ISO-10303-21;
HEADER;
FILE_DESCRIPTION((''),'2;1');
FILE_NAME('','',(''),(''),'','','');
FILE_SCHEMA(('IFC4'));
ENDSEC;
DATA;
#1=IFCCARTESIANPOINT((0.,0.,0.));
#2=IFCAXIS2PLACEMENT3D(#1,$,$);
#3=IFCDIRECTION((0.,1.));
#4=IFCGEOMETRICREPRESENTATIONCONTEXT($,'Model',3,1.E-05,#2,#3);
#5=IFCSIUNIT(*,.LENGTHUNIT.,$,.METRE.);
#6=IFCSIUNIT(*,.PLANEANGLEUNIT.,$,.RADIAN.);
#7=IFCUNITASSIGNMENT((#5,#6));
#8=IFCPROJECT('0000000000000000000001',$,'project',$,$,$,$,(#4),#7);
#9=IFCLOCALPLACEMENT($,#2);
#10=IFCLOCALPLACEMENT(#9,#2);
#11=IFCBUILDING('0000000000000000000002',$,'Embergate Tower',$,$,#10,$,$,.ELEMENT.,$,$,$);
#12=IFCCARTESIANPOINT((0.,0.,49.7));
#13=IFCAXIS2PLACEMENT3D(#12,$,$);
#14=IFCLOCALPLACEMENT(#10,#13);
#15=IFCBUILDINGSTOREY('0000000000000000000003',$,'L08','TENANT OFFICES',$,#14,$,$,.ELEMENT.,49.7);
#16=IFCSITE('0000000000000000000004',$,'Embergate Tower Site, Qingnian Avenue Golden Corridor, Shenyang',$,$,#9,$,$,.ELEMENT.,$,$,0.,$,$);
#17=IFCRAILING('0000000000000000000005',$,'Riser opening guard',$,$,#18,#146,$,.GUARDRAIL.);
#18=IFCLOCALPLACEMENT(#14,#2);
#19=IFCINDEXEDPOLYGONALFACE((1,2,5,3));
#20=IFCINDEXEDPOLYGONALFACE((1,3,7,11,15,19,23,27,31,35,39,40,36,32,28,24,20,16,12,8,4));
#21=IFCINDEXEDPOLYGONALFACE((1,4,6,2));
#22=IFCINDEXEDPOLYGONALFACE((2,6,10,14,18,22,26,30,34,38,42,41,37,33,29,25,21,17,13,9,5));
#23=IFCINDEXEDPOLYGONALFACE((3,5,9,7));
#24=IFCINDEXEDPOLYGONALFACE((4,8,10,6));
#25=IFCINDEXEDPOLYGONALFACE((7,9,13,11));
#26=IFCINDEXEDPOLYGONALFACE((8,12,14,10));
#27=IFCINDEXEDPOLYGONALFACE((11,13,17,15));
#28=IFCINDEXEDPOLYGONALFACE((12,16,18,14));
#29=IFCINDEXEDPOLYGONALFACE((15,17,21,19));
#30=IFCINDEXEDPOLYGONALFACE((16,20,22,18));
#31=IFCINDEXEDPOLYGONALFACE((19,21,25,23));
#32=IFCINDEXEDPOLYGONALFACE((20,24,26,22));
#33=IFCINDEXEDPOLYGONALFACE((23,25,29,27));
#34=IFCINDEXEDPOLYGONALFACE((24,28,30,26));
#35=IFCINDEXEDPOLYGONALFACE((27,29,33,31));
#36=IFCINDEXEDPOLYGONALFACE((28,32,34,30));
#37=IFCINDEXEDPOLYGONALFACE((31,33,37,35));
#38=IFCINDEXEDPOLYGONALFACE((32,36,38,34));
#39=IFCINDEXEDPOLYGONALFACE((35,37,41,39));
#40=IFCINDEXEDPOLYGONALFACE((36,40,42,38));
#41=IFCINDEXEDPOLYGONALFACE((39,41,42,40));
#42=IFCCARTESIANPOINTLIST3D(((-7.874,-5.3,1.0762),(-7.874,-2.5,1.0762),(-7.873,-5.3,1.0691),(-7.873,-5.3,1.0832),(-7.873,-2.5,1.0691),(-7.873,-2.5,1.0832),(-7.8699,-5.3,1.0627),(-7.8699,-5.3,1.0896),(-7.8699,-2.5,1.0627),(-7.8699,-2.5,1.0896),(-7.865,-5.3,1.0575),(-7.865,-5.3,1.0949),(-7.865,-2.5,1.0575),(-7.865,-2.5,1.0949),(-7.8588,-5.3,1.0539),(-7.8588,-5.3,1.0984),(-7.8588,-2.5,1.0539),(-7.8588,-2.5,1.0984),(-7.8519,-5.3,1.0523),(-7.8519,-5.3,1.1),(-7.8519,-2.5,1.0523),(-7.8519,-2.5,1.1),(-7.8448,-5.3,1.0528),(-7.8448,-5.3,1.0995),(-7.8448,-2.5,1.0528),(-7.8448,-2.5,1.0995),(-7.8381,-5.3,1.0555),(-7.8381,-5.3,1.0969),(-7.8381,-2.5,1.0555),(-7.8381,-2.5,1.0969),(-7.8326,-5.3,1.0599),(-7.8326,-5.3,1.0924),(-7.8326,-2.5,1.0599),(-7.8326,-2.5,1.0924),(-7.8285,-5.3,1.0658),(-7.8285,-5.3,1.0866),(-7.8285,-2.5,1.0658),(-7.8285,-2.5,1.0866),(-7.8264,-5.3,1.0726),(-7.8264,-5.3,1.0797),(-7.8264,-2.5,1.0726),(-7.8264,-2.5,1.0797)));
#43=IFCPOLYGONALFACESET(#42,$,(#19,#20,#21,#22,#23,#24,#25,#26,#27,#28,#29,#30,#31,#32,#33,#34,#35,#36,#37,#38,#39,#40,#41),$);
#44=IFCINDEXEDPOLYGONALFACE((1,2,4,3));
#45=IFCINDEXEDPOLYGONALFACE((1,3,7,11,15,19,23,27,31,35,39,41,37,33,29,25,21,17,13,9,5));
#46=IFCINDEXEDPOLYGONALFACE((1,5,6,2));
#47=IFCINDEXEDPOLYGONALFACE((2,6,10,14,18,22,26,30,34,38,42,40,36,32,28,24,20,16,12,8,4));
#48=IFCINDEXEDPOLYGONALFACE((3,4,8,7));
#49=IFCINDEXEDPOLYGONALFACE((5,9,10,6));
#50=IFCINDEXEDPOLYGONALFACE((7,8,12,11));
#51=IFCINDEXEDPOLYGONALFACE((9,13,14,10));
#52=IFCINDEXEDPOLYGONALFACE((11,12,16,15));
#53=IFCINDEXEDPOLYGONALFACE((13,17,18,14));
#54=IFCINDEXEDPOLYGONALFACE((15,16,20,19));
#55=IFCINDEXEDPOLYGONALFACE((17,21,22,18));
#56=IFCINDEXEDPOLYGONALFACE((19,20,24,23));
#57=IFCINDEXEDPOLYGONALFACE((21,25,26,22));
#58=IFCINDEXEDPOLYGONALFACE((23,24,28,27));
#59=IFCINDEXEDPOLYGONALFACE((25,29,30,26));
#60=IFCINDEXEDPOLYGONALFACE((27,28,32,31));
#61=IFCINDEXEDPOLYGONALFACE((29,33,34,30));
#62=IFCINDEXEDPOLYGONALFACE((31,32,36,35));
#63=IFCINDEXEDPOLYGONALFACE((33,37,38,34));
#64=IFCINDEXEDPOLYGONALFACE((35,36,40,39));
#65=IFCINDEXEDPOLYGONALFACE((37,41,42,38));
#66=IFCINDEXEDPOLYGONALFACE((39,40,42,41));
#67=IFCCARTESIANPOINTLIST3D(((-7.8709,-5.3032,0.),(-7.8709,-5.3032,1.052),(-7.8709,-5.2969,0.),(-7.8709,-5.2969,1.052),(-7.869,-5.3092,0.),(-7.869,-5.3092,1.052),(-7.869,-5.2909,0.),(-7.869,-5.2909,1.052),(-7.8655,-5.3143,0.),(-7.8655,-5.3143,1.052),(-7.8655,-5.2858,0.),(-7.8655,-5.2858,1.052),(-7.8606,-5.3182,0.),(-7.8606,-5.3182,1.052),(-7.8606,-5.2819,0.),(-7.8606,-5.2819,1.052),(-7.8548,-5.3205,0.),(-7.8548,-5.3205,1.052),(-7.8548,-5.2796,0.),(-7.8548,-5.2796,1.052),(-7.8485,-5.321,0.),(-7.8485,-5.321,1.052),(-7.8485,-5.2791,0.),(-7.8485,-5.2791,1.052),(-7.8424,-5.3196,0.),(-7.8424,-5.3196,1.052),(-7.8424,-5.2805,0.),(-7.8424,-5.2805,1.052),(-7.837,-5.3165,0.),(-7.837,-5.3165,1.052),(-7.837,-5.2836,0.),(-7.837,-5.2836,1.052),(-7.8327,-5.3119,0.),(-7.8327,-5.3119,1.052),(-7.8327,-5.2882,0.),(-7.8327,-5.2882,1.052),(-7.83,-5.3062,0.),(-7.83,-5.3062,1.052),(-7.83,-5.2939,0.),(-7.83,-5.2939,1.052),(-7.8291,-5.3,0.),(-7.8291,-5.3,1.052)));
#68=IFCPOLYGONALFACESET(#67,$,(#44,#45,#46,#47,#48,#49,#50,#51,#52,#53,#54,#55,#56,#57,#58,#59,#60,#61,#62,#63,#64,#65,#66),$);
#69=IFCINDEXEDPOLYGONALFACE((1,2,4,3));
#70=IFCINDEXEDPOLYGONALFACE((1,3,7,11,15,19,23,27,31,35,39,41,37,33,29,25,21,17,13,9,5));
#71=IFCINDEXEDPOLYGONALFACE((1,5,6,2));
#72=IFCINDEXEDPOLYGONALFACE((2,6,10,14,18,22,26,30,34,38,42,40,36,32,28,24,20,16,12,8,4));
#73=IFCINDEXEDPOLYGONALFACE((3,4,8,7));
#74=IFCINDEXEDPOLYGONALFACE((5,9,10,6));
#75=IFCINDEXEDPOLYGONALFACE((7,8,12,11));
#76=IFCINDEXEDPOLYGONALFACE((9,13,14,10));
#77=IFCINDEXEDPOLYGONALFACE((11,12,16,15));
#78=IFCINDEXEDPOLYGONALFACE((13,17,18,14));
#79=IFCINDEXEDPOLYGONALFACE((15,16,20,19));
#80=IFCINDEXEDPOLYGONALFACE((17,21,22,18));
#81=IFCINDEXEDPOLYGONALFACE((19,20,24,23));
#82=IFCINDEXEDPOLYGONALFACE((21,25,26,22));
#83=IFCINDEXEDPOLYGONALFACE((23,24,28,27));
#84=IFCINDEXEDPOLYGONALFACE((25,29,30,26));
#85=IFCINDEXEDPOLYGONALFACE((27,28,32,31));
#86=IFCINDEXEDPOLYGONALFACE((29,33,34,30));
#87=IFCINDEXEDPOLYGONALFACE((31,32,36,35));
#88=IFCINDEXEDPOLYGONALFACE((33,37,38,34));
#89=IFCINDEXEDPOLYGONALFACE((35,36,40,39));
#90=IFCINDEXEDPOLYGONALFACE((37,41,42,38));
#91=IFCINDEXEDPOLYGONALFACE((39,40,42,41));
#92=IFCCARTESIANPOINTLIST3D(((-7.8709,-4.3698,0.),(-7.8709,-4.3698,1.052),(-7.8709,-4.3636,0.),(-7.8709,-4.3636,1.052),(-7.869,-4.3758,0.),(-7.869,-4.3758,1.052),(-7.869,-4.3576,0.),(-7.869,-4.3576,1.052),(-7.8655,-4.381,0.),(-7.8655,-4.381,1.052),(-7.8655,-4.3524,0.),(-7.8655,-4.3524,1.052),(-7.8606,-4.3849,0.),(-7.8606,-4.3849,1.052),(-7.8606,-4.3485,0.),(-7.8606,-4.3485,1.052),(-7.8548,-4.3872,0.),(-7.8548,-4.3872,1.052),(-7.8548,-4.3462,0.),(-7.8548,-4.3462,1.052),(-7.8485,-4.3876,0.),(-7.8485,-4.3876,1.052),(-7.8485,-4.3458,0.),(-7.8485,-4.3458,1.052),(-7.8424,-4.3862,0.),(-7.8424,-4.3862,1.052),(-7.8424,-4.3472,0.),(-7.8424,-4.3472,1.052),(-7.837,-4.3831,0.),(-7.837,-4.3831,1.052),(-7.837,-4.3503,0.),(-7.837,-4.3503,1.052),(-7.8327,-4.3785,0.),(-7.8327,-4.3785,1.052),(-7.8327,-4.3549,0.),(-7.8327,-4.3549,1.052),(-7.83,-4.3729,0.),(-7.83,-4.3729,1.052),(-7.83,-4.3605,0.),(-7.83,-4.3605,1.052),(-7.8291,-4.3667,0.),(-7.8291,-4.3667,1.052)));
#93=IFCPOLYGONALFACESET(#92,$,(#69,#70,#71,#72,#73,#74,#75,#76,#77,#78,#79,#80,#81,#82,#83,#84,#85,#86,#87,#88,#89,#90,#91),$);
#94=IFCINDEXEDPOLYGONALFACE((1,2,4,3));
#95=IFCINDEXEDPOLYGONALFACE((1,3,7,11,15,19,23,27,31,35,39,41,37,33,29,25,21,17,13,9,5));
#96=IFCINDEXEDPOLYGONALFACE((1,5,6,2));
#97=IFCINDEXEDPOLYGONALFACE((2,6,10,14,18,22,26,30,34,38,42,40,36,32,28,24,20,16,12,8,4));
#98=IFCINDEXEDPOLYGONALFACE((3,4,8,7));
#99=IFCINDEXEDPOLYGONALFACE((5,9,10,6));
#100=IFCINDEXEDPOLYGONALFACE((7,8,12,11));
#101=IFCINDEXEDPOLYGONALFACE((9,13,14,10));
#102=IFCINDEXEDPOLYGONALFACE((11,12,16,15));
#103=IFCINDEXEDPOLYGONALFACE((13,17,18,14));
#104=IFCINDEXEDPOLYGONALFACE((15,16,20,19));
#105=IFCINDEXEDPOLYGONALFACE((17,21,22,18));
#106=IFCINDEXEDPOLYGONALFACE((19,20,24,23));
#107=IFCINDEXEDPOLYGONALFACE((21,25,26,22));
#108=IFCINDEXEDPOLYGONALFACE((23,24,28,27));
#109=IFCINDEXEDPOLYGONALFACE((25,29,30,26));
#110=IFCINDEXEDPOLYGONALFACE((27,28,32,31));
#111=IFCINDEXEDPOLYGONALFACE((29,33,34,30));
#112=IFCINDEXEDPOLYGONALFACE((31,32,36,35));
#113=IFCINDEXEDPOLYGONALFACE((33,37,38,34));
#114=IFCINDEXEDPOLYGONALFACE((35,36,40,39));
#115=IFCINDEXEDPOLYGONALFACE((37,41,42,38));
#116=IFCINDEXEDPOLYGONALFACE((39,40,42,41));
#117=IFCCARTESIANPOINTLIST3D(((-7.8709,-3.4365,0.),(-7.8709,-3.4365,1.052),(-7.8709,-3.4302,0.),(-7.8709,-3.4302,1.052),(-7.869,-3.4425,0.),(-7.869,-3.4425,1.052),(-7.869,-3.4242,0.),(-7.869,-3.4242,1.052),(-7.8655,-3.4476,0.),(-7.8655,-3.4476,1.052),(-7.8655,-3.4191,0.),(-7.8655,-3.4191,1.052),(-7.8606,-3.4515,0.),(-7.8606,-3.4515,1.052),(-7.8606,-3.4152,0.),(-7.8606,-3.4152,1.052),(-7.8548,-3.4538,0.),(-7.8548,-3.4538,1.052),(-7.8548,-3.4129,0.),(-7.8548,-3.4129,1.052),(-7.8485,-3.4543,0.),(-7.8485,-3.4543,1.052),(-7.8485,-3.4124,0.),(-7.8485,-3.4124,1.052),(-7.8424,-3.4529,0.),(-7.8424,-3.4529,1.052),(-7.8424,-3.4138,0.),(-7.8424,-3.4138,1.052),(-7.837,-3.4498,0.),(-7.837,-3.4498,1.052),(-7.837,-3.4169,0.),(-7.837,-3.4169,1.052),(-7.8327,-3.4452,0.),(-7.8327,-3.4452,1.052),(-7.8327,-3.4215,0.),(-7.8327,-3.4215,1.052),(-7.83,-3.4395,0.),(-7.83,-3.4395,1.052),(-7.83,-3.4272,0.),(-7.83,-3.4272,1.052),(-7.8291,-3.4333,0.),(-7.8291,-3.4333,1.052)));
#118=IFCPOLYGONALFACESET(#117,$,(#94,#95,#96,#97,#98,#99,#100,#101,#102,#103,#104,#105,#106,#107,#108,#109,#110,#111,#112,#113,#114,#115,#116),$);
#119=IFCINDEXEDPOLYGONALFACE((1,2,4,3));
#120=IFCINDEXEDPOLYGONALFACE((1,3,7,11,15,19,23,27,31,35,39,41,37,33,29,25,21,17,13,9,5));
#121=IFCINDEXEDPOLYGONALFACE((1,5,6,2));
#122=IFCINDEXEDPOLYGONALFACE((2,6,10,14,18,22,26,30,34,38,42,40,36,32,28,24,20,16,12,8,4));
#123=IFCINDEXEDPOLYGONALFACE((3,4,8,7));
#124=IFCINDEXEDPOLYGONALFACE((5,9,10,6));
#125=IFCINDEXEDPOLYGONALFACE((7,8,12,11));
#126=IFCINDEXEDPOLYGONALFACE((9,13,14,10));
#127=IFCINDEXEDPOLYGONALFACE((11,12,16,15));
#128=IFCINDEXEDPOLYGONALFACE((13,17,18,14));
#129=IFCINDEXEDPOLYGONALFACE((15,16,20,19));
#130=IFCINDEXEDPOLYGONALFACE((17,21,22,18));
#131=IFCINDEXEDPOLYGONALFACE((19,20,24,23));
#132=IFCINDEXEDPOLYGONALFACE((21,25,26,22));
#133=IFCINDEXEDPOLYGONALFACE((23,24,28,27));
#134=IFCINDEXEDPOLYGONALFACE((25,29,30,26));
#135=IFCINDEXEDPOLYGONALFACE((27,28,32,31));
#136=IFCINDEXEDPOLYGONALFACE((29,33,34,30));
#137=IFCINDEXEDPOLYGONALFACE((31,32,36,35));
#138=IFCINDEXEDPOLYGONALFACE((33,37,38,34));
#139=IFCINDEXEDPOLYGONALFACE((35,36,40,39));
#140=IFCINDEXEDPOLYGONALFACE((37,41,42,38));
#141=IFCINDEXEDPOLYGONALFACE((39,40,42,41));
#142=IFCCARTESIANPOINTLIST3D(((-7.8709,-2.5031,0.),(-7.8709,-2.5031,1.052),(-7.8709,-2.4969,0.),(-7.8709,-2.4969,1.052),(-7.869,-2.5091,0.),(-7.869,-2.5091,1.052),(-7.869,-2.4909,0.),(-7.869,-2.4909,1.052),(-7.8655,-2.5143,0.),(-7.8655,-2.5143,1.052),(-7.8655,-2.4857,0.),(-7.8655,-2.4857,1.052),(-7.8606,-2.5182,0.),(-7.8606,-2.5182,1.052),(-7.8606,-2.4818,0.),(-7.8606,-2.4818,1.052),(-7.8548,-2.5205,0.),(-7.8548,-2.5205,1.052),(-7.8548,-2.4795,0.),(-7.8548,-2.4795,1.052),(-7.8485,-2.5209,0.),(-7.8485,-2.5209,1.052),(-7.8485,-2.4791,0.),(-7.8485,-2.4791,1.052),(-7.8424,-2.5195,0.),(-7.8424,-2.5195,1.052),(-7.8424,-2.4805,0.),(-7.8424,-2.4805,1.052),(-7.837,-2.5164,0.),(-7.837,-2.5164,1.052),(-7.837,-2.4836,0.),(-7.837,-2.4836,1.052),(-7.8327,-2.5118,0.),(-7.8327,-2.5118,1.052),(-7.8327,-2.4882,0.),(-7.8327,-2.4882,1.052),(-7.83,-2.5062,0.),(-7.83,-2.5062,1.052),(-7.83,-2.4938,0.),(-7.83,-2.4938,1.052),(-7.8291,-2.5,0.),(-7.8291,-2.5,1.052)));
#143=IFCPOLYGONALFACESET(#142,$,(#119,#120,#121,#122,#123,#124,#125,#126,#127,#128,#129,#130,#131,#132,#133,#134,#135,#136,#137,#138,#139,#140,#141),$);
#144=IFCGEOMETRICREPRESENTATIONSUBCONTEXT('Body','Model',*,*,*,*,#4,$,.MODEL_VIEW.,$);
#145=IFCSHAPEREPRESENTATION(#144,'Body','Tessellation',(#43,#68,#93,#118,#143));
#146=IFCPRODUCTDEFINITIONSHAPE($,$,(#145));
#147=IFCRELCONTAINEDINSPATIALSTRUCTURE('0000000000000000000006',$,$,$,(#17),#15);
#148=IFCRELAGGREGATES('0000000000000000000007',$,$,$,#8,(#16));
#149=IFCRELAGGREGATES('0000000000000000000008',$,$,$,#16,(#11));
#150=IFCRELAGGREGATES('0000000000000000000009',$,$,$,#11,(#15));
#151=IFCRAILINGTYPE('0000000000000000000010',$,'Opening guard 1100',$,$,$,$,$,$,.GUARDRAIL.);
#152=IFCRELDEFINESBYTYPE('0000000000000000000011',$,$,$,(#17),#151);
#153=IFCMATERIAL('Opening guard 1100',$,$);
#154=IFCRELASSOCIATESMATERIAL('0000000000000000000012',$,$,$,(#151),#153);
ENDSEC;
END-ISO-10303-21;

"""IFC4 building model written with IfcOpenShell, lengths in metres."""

from ifc_helpers import new_model, si_unit, direction, frame, origin, origin_2d, place, context, subcontext, project, spatial, circle, extrude, source, transform, mapped, material, type_object, element, save


model = new_model("IFC4")

# Units and contexts
model_context = context("Model", 3, precision=1e-05, world=origin(), true_north=direction((0.0, 1.0)))
body_context = subcontext(model_context, "Body", "Model", "MODEL_VIEW")
ifc_project = project(units=[si_unit("LENGTHUNIT", "METRE"), si_unit("PLANEANGLEUNIT", "RADIAN")], contexts=[model_context])

# Site, building, storey
site_placement = place(None, origin())
site = spatial("IfcSite", under=ifc_project, at=site_placement, Name="Embergate Tower Site, Qingnian Avenue Golden Corridor, Shenyang", CompositionType="ELEMENT", RefElevation=0.0)
building_placement = place(site_placement, origin())
building = spatial("IfcBuilding", under=site, at=building_placement, Name="Embergate Tower", CompositionType="ELEMENT")
storey_placement = place(building_placement, frame((0.0, 0.0, 49.7)))
storey = spatial("IfcBuildingStorey", under=building, at=storey_placement, Name="L08", Description="TENANT OFFICES", CompositionType="ELEMENT", Elevation=49.7)

# Railing
ifc_material_1 = material(Name="Opening guard 1100")
railing_type_1 = type_object("IfcRailingType", Name="Opening guard 1100", PredefinedType="GUARDRAIL", material=ifc_material_1)
shared_shape_1 = source(origin(), body_context, "Body", "SweptSolid", [
    extrude(circle(Radius=0.0239, at=origin_2d()), frame((0.0, 0.0, 1.0762), z_axis=(0.0, 1.0, 0.0), x_axis=(-1.0, 0.0, 0.0)), (0.0, 0.0, 1.0), 2.8),
    extrude(circle(Radius=0.021, at=origin_2d()), origin(), (0.0, 0.0, 1.0), 1.052),
    extrude(circle(Radius=0.021, at=origin_2d()), frame((0.0, 0.9333, 0.0)), (0.0, 0.0, 1.0), 1.052),
    extrude(circle(Radius=0.021, at=origin_2d()), frame((0.0, 1.8667, 0.0)), (0.0, 0.0, 1.0), 1.052),
    extrude(circle(Radius=0.021, at=origin_2d()), frame((0.0, 2.8, 0.0)), (0.0, 0.0, 1.0), 1.052),
])
railing_1_placement = place(storey_placement, frame((-7.8501, -5.3, 0.0)))
element("IfcRailing", 1, at=railing_1_placement, inside=storey, type_object=railing_type_1, Name="Riser opening guard", PredefinedType="GUARDRAIL", context=body_context, shape_type="MappedRepresentation", body=[
    mapped(shared_shape_1, transform((0.0, 0.0, 0.0))),
])

save(model, "model.ifc")
